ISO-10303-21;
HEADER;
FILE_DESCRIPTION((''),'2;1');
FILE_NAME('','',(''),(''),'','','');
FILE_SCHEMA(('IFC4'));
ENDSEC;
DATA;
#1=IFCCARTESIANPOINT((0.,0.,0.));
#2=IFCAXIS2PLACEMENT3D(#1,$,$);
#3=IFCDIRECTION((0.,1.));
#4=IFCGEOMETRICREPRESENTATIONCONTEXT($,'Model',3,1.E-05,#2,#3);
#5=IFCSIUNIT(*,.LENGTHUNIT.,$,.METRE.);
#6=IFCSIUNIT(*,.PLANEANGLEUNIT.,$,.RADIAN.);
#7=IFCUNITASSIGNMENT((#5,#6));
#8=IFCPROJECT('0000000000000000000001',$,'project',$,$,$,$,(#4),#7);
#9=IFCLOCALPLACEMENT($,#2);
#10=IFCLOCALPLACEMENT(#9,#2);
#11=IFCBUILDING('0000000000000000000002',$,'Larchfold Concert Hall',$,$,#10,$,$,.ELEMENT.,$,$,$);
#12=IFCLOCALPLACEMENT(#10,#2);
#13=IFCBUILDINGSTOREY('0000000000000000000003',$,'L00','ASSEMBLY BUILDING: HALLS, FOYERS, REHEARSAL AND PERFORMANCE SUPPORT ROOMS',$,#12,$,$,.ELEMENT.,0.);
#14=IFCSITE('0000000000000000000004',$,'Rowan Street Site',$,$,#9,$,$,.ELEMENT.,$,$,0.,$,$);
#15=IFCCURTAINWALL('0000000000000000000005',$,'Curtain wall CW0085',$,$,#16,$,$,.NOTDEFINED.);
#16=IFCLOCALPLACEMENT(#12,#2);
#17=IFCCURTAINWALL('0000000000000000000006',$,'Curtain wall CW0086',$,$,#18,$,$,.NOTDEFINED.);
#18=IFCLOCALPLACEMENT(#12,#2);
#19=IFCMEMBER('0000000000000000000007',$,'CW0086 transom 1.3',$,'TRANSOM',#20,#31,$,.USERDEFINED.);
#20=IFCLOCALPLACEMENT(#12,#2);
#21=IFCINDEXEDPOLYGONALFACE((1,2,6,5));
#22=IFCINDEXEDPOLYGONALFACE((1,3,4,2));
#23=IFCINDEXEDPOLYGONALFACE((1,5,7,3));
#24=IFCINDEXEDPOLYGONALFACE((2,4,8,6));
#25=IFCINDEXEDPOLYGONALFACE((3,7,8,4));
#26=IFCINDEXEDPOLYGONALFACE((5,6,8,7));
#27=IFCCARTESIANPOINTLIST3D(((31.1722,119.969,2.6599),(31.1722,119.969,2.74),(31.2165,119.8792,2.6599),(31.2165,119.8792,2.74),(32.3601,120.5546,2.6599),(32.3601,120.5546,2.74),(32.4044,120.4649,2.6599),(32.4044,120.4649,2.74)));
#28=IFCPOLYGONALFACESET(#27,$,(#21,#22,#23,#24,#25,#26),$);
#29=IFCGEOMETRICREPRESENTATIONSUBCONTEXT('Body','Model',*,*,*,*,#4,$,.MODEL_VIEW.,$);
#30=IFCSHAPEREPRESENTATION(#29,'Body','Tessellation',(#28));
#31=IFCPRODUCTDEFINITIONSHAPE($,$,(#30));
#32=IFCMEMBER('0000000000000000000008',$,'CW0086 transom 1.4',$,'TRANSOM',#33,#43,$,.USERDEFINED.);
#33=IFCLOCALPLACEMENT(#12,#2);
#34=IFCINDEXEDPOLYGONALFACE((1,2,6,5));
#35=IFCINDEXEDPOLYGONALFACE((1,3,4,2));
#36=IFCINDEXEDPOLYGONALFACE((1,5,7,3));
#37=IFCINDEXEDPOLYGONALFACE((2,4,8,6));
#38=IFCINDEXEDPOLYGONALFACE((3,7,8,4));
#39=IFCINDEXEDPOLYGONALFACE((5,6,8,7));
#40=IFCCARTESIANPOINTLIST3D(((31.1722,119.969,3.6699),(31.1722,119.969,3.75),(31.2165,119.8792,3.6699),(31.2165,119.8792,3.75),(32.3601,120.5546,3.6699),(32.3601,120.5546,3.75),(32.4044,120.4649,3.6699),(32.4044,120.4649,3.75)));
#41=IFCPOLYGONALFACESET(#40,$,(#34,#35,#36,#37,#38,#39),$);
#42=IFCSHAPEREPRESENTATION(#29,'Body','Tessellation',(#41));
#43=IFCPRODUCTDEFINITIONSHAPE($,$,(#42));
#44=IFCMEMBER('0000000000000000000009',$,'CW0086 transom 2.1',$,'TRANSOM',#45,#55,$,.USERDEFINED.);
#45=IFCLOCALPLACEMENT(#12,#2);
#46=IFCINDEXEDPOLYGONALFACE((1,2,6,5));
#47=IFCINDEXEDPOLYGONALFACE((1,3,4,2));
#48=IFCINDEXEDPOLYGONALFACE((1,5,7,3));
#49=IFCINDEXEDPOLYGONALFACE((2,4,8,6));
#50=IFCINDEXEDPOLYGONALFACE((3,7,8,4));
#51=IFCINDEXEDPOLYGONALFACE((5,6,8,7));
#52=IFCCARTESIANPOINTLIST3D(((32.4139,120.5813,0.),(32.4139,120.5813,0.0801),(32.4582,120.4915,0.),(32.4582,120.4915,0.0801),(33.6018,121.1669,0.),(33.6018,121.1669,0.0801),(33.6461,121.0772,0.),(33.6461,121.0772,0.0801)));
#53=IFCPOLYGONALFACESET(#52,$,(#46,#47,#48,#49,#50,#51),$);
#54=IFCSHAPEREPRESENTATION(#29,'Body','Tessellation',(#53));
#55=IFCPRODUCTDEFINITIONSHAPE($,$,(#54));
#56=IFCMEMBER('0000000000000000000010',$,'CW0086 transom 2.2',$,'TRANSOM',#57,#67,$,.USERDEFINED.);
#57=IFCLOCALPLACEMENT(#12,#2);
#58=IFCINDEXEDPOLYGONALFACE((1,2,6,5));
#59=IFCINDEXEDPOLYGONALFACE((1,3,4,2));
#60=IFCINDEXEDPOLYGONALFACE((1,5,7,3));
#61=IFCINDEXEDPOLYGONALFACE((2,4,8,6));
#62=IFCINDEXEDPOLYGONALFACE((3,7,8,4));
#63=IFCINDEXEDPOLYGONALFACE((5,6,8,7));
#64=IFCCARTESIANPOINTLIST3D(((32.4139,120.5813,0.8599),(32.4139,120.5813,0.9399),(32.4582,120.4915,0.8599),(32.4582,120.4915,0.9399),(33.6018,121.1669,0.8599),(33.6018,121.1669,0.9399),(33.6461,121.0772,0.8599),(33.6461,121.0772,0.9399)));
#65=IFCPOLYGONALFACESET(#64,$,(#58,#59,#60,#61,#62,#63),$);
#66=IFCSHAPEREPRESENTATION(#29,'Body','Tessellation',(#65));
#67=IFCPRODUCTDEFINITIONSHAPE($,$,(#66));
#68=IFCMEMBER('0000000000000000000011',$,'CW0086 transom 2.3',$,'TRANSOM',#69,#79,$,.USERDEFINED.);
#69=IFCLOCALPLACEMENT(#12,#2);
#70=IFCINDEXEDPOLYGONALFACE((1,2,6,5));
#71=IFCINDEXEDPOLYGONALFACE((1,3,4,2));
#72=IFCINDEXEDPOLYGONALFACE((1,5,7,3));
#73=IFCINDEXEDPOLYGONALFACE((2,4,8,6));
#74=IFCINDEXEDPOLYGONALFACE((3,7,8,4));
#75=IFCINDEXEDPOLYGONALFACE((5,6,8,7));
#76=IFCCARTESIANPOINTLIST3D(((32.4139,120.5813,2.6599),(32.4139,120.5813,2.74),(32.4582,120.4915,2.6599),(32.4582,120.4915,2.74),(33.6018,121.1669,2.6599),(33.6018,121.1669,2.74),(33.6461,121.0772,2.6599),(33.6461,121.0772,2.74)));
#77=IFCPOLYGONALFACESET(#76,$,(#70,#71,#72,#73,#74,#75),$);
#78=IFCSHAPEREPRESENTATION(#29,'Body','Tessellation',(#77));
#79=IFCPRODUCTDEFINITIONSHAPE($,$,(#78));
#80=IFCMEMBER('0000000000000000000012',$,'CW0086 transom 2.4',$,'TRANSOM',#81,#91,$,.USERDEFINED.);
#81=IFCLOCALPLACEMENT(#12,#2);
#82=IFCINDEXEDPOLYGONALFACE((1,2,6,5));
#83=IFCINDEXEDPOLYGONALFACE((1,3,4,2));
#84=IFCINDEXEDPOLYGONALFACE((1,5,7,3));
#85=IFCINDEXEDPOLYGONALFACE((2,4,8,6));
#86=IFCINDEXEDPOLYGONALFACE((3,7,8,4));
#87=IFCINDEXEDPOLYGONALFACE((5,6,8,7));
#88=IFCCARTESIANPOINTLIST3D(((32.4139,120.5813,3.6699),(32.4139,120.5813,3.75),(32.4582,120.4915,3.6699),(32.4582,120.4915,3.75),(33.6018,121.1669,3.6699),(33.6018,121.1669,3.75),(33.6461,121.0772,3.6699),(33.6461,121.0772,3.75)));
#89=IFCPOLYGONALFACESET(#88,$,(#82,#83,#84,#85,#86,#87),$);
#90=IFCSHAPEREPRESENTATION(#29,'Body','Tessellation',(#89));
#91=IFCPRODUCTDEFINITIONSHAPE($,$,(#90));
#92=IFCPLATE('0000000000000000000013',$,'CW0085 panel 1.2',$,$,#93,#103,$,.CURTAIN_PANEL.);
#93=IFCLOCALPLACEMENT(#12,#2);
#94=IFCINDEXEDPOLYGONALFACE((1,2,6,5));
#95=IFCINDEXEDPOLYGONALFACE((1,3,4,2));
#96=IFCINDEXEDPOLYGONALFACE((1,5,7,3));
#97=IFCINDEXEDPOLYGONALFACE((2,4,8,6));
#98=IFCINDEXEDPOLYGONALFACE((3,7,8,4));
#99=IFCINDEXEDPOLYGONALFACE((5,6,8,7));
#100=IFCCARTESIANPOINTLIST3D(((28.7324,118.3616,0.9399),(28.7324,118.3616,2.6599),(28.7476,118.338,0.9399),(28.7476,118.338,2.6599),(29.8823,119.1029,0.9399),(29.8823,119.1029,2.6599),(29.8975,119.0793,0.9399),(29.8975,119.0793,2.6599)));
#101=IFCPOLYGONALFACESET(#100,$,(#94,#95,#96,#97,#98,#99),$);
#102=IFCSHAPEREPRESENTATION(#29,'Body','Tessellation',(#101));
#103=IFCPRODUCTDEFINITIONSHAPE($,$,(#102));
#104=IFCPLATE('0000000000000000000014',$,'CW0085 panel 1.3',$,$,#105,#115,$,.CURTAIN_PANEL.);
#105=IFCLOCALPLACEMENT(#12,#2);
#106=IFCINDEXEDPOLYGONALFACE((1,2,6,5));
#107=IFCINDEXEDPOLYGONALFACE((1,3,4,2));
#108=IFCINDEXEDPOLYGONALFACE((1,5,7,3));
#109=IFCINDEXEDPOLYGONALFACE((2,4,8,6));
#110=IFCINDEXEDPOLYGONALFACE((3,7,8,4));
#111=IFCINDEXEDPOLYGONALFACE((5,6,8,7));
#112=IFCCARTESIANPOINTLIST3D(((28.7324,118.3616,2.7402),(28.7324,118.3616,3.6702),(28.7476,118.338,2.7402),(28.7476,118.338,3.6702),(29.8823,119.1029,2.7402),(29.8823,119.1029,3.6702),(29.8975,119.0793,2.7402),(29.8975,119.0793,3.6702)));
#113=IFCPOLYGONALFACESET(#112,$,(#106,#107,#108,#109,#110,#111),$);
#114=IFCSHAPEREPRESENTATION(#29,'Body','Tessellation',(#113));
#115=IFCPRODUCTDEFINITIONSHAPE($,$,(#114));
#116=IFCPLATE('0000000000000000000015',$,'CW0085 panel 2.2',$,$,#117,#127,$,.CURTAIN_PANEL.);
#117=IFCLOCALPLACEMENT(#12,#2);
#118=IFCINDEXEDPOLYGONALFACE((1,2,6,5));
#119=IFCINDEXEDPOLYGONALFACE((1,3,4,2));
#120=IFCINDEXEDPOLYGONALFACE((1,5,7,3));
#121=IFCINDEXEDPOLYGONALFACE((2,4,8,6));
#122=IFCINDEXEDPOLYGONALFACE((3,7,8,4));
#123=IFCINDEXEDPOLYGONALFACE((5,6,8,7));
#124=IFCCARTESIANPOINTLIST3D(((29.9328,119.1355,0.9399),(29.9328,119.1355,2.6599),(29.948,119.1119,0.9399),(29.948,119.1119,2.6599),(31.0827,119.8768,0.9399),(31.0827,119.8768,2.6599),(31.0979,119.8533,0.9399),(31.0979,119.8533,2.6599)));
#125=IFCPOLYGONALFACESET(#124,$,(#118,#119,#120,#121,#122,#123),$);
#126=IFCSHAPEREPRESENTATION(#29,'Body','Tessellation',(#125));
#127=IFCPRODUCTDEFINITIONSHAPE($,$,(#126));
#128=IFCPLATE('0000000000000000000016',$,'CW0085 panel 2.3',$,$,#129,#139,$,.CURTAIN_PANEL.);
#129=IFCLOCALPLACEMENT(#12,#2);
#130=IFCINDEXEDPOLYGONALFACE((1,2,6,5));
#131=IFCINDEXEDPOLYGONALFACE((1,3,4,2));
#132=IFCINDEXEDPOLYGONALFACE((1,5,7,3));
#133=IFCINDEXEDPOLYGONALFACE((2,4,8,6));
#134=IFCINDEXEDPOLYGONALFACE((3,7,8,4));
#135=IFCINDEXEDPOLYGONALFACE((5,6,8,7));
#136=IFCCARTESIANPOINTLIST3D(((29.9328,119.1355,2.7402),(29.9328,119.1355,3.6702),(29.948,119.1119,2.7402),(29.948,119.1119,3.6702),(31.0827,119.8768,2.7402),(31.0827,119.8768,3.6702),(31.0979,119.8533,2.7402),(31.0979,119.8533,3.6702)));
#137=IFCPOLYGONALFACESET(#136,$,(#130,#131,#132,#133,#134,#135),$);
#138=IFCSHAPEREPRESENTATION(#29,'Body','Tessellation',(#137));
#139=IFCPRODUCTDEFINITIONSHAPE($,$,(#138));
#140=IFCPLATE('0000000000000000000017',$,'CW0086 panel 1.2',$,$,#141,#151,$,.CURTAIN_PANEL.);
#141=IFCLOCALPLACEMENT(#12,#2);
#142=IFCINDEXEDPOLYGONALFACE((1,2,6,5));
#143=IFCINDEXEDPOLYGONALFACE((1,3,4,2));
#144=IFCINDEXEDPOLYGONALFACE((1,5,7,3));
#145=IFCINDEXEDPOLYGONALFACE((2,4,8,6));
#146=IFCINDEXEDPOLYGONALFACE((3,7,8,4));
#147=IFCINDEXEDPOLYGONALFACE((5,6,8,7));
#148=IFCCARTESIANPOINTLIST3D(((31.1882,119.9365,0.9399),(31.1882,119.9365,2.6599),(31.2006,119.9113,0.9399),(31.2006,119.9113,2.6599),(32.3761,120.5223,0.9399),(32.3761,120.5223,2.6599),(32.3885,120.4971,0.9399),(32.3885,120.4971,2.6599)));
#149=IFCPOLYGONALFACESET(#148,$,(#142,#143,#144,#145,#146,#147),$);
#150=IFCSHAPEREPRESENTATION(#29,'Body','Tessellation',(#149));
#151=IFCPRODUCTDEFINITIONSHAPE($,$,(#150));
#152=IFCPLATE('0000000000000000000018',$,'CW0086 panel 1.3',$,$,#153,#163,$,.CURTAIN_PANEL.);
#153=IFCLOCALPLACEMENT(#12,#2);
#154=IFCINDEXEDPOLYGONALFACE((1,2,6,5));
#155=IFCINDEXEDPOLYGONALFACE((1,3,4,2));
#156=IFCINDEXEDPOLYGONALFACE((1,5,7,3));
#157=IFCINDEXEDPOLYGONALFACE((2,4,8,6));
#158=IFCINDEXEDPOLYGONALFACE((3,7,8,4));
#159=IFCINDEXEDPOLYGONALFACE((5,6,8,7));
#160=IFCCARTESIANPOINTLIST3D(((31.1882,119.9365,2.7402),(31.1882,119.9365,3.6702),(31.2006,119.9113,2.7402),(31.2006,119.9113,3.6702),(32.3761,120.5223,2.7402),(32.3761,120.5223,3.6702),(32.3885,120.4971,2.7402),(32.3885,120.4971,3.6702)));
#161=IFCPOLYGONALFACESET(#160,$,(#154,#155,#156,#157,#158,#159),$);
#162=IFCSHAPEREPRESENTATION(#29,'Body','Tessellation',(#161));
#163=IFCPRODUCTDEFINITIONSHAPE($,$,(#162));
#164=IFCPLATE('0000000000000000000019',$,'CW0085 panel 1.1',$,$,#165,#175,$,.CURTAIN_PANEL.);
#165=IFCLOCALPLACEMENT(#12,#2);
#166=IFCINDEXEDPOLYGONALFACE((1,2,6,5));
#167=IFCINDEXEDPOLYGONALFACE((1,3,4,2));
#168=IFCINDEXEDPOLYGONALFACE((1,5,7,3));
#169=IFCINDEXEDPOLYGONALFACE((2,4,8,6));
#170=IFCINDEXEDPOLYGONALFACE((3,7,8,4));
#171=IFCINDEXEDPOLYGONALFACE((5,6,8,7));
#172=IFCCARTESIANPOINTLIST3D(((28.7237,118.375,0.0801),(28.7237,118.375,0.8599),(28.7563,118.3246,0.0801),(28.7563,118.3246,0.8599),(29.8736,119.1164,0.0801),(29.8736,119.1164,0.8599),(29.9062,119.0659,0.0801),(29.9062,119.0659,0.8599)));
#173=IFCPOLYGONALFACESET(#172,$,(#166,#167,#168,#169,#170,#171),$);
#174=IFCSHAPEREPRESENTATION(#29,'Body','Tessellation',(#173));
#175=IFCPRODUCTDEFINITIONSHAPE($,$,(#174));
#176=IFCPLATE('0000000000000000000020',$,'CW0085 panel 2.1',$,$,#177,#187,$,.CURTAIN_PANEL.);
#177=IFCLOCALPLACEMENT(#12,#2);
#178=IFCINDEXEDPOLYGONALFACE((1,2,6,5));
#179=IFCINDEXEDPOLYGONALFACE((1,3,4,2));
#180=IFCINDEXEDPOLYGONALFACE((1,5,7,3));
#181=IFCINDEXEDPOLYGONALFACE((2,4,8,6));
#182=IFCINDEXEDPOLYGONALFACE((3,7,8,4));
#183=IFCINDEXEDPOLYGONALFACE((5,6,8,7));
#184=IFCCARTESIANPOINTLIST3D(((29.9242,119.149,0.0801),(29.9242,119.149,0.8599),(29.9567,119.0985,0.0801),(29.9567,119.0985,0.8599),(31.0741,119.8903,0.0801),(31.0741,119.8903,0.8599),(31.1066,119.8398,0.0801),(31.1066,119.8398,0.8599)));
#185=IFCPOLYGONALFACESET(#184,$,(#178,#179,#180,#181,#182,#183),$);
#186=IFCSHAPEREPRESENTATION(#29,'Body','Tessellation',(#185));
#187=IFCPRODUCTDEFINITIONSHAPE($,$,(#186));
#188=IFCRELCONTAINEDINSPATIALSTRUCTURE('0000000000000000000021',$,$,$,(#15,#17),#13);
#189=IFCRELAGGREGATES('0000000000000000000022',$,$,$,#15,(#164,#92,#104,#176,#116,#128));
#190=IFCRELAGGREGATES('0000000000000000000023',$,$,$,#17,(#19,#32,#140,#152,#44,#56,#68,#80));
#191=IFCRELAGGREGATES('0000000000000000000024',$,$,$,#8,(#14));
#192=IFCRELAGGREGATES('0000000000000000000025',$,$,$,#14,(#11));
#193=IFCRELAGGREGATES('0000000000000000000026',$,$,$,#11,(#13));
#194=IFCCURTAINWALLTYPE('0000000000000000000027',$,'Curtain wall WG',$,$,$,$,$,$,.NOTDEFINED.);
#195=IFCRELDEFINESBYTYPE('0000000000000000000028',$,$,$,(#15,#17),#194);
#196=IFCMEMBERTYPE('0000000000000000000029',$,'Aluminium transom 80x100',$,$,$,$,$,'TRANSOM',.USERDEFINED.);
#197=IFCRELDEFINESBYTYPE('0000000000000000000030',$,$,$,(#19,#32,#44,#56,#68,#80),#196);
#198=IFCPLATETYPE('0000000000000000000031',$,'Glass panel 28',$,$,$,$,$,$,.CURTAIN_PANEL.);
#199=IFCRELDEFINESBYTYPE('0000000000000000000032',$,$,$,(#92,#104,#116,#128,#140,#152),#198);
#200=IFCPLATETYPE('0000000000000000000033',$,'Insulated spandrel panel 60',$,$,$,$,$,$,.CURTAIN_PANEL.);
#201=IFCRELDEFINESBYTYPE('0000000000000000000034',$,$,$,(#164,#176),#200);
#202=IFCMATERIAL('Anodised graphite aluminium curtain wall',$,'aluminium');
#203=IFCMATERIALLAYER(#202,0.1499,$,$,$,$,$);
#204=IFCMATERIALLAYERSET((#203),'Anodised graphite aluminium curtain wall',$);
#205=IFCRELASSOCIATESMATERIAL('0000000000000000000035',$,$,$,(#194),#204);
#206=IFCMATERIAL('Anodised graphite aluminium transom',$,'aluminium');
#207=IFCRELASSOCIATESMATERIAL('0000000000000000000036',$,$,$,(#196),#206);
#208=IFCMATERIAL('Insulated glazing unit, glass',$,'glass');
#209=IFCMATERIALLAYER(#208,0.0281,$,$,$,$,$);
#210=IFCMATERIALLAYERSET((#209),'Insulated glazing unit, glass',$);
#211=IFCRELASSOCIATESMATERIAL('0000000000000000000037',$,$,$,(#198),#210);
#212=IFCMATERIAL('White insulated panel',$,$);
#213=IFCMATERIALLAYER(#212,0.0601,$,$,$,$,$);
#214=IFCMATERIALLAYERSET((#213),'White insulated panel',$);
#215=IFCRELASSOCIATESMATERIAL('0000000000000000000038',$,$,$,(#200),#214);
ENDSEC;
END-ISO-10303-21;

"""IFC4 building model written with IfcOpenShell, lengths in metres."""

from ifc_helpers import new_model, si_unit, direction, frame, origin, origin_2d, place, context, subcontext, project, spatial, rectangle, extrude, material, layer, layer_set, material_profile, profile_set, type_object, element, aggregate, save


model = new_model("IFC4")

# Units and contexts
model_context = context("Model", 3, precision=1e-05, world=origin(), true_north=direction((0.0, 1.0)))
body_context = subcontext(model_context, "Body", "Model", "MODEL_VIEW")
ifc_project = project(units=[si_unit("LENGTHUNIT", "METRE"), si_unit("PLANEANGLEUNIT", "RADIAN")], contexts=[model_context])

# Site, building, storey
site_placement = place(None, origin())
site = spatial("IfcSite", under=ifc_project, at=site_placement, Name="Rowan Street Site", CompositionType="ELEMENT", RefElevation=0.0)
building_placement = place(site_placement, origin())
building = spatial("IfcBuilding", under=site, at=building_placement, Name="Larchfold Concert Hall", CompositionType="ELEMENT")
storey_placement = place(building_placement, origin())
storey = spatial("IfcBuildingStorey", under=building, at=storey_placement, Name="L00", Description="ASSEMBLY BUILDING: HALLS, FOYERS, REHEARSAL AND PERFORMANCE SUPPORT ROOMS", CompositionType="ELEMENT", Elevation=0.0)

# Curtain walls
ifc_material_1 = material(Name="Anodised graphite aluminium curtain wall", Category="aluminium")
ifc_layer_1 = layer(ifc_material_1, 0.1499)
ifc_layer_set_1 = layer_set([ifc_layer_1], Name="Anodised graphite aluminium curtain wall")
curtain_wall_type = type_object("IfcCurtainWallType", Name="Curtain wall WG", PredefinedType="NOTDEFINED", material=ifc_layer_set_1)
curtain_wall_1_placement = place(storey_placement, origin())
curtain_wall_1 = element("IfcCurtainWall", 1, at=curtain_wall_1_placement, inside=storey, type_object=curtain_wall_type, Name="Curtain wall CW0085", PredefinedType="NOTDEFINED")
curtain_wall_2_placement = place(storey_placement, origin())
curtain_wall_2 = element("IfcCurtainWall", 2, at=curtain_wall_2_placement, inside=storey, type_object=curtain_wall_type, Name="Curtain wall CW0086", PredefinedType="NOTDEFINED")

# Members
ifc_material_2 = material(Name="Anodised graphite aluminium transom", Category="aluminium")
ifc_material_profile_1 = material_profile(ifc_material_2, rectangle(XDim=0.1001, YDim=0.0801, at=origin_2d()))
ifc_profile_set_1 = profile_set([ifc_material_profile_1], Name="Anodised graphite aluminium transom")
member_type_1 = type_object("IfcMemberType", Name="Aluminium transom 80x100", ElementType="TRANSOM", PredefinedType="USERDEFINED", material=ifc_profile_set_1)
member_1_placement = place(storey_placement, frame((31.1943, 119.9241, 2.7), z_axis=(0.89692, 0.442193, 0.0), x_axis=(-0.442193, 0.89692, 0.0)))
member_1 = element("IfcMember", 3, at=member_1_placement, type_object=member_type_1, Name="CW0086 transom 1.3", ObjectType="TRANSOM", PredefinedType="USERDEFINED", context=body_context, shape_type="SweptSolid", body=[
    extrude(rectangle(XDim=0.1001, YDim=0.0801, at=origin_2d()), origin(), (0.0, 0.0, 1.0), 1.3245),
])
member_2_placement = place(storey_placement, frame((31.1943, 119.9241, 3.71), z_axis=(0.89692, 0.442193, 0.0), x_axis=(-0.442193, 0.89692, 0.0)))
member_2 = element("IfcMember", 4, at=member_2_placement, type_object=member_type_1, Name="CW0086 transom 1.4", ObjectType="TRANSOM", PredefinedType="USERDEFINED", context=body_context, shape_type="SweptSolid", body=[
    extrude(rectangle(XDim=0.1001, YDim=0.0801, at=origin_2d()), origin(), (0.0, 0.0, 1.0), 1.3245),
])
member_3_placement = place(storey_placement, frame((32.436, 120.5364, 0.04), z_axis=(0.89692, 0.442193, 0.0), x_axis=(-0.442193, 0.89692, 0.0)))
member_3 = element("IfcMember", 5, at=member_3_placement, type_object=member_type_1, Name="CW0086 transom 2.1", ObjectType="TRANSOM", PredefinedType="USERDEFINED", context=body_context, shape_type="SweptSolid", body=[
    extrude(rectangle(XDim=0.1001, YDim=0.0801, at=origin_2d()), origin(), (0.0, 0.0, 1.0), 1.3245),
])
member_4_placement = place(storey_placement, frame((32.436, 120.5364, 0.8999), z_axis=(0.89692, 0.442193, 0.0), x_axis=(-0.442193, 0.89692, 0.0)))
member_4 = element("IfcMember", 6, at=member_4_placement, type_object=member_type_1, Name="CW0086 transom 2.2", ObjectType="TRANSOM", PredefinedType="USERDEFINED", context=body_context, shape_type="SweptSolid", body=[
    extrude(rectangle(XDim=0.1001, YDim=0.0801, at=origin_2d()), origin(), (0.0, 0.0, 1.0), 1.3245),
])
member_5_placement = place(storey_placement, frame((32.436, 120.5364, 2.7), z_axis=(0.89692, 0.442193, 0.0), x_axis=(-0.442193, 0.89692, 0.0)))
member_5 = element("IfcMember", 7, at=member_5_placement, type_object=member_type_1, Name="CW0086 transom 2.3", ObjectType="TRANSOM", PredefinedType="USERDEFINED", context=body_context, shape_type="SweptSolid", body=[
    extrude(rectangle(XDim=0.1001, YDim=0.0801, at=origin_2d()), origin(), (0.0, 0.0, 1.0), 1.3245),
])
member_6_placement = place(storey_placement, frame((32.436, 120.5364, 3.71), z_axis=(0.89692, 0.442193, 0.0), x_axis=(-0.442193, 0.89692, 0.0)))
member_6 = element("IfcMember", 8, at=member_6_placement, type_object=member_type_1, Name="CW0086 transom 2.4", ObjectType="TRANSOM", PredefinedType="USERDEFINED", context=body_context, shape_type="SweptSolid", body=[
    extrude(rectangle(XDim=0.1001, YDim=0.0801, at=origin_2d()), origin(), (0.0, 0.0, 1.0), 1.3245),
])

# Plates
ifc_material_3 = material(Name="Insulated glazing unit, glass", Category="glass")
ifc_layer_2 = layer(ifc_material_3, 0.0281)
ifc_layer_set_2 = layer_set([ifc_layer_2], Name="Insulated glazing unit, glass")
plate_type_1 = type_object("IfcPlateType", Name="Glass panel 28", PredefinedType="CURTAIN_PANEL", material=ifc_layer_set_2)
plate_1_placement = place(storey_placement, frame((29.3149, 118.7205, 0.9399), z_axis=(0.0, 0.0, 1.0), x_axis=(0.840479, 0.541845, 0.0)))
plate_1 = element("IfcPlate", 9, at=plate_1_placement, type_object=plate_type_1, Name="CW0085 panel 1.2", PredefinedType="CURTAIN_PANEL", context=body_context, shape_type="SweptSolid", body=[
    extrude(rectangle(XDim=1.3682, YDim=0.0281, at=origin_2d()), origin(), (0.0, 0.0, 1.0), 1.72),
])
plate_2_placement = place(storey_placement, frame((29.3149, 118.7205, 2.7402), z_axis=(0.0, 0.0, 1.0), x_axis=(0.840479, 0.541845, 0.0)))
plate_2 = element("IfcPlate", 10, at=plate_2_placement, type_object=plate_type_1, Name="CW0085 panel 1.3", PredefinedType="CURTAIN_PANEL", context=body_context, shape_type="SweptSolid", body=[
    extrude(rectangle(XDim=1.3682, YDim=0.0281, at=origin_2d()), origin(), (0.0, 0.0, 1.0), 0.9299),
])
plate_3_placement = place(storey_placement, frame((30.5154, 119.4944, 0.9399), z_axis=(0.0, 0.0, 1.0), x_axis=(0.840479, 0.541845, 0.0)))
plate_3 = element("IfcPlate", 11, at=plate_3_placement, type_object=plate_type_1, Name="CW0085 panel 2.2", PredefinedType="CURTAIN_PANEL", context=body_context, shape_type="SweptSolid", body=[
    extrude(rectangle(XDim=1.3682, YDim=0.0281, at=origin_2d()), origin(), (0.0, 0.0, 1.0), 1.72),
])
plate_4_placement = place(storey_placement, frame((30.5154, 119.4944, 2.7402), z_axis=(0.0, 0.0, 1.0), x_axis=(0.840479, 0.541845, 0.0)))
plate_4 = element("IfcPlate", 12, at=plate_4_placement, type_object=plate_type_1, Name="CW0085 panel 2.3", PredefinedType="CURTAIN_PANEL", context=body_context, shape_type="SweptSolid", body=[
    extrude(rectangle(XDim=1.3682, YDim=0.0281, at=origin_2d()), origin(), (0.0, 0.0, 1.0), 0.9299),
])
plate_5_placement = place(storey_placement, frame((31.7883, 120.2168, 0.9399), z_axis=(0.0, 0.0, 1.0), x_axis=(0.896865, 0.442305, 0.0)))
plate_5 = element("IfcPlate", 13, at=plate_5_placement, type_object=plate_type_1, Name="CW0086 panel 1.2", PredefinedType="CURTAIN_PANEL", context=body_context, shape_type="SweptSolid", body=[
    extrude(rectangle(XDim=1.3245, YDim=0.0281, at=origin_2d()), origin(), (0.0, 0.0, 1.0), 1.72),
])
plate_6_placement = place(storey_placement, frame((31.7883, 120.2168, 2.7402), z_axis=(0.0, 0.0, 1.0), x_axis=(0.896865, 0.442305, 0.0)))
plate_6 = element("IfcPlate", 14, at=plate_6_placement, type_object=plate_type_1, Name="CW0086 panel 1.3", PredefinedType="CURTAIN_PANEL", context=body_context, shape_type="SweptSolid", body=[
    extrude(rectangle(XDim=1.3245, YDim=0.0281, at=origin_2d()), origin(), (0.0, 0.0, 1.0), 0.9299),
])
ifc_material_4 = material(Name="White insulated panel")
ifc_layer_3 = layer(ifc_material_4, 0.0601)
ifc_layer_set_3 = layer_set([ifc_layer_3], Name="White insulated panel")
plate_type_2 = type_object("IfcPlateType", Name="Insulated spandrel panel 60", PredefinedType="CURTAIN_PANEL", material=ifc_layer_set_3)
plate_7_placement = place(storey_placement, frame((29.3149, 118.7205, 0.0801), z_axis=(0.0, 0.0, 1.0), x_axis=(0.840479, 0.541845, 0.0)))
plate_7 = element("IfcPlate", 15, at=plate_7_placement, type_object=plate_type_2, Name="CW0085 panel 1.1", PredefinedType="CURTAIN_PANEL", context=body_context, shape_type="SweptSolid", body=[
    extrude(rectangle(XDim=1.3682, YDim=0.0601, at=origin_2d()), origin(), (0.0, 0.0, 1.0), 0.7798),
])
plate_8_placement = place(storey_placement, frame((30.5154, 119.4944, 0.0801), z_axis=(0.0, 0.0, 1.0), x_axis=(0.840479, 0.541845, 0.0)))
plate_8 = element("IfcPlate", 16, at=plate_8_placement, type_object=plate_type_2, Name="CW0085 panel 2.1", PredefinedType="CURTAIN_PANEL", context=body_context, shape_type="SweptSolid", body=[
    extrude(rectangle(XDim=1.3682, YDim=0.0601, at=origin_2d()), origin(), (0.0, 0.0, 1.0), 0.7798),
])
aggregate(curtain_wall_1, [plate_7, plate_1, plate_2, plate_8, plate_3, plate_4])
aggregate(curtain_wall_2, [member_1, member_2, plate_5, plate_6, member_3, member_4, member_5, member_6])

save(model, "model.ifc")
